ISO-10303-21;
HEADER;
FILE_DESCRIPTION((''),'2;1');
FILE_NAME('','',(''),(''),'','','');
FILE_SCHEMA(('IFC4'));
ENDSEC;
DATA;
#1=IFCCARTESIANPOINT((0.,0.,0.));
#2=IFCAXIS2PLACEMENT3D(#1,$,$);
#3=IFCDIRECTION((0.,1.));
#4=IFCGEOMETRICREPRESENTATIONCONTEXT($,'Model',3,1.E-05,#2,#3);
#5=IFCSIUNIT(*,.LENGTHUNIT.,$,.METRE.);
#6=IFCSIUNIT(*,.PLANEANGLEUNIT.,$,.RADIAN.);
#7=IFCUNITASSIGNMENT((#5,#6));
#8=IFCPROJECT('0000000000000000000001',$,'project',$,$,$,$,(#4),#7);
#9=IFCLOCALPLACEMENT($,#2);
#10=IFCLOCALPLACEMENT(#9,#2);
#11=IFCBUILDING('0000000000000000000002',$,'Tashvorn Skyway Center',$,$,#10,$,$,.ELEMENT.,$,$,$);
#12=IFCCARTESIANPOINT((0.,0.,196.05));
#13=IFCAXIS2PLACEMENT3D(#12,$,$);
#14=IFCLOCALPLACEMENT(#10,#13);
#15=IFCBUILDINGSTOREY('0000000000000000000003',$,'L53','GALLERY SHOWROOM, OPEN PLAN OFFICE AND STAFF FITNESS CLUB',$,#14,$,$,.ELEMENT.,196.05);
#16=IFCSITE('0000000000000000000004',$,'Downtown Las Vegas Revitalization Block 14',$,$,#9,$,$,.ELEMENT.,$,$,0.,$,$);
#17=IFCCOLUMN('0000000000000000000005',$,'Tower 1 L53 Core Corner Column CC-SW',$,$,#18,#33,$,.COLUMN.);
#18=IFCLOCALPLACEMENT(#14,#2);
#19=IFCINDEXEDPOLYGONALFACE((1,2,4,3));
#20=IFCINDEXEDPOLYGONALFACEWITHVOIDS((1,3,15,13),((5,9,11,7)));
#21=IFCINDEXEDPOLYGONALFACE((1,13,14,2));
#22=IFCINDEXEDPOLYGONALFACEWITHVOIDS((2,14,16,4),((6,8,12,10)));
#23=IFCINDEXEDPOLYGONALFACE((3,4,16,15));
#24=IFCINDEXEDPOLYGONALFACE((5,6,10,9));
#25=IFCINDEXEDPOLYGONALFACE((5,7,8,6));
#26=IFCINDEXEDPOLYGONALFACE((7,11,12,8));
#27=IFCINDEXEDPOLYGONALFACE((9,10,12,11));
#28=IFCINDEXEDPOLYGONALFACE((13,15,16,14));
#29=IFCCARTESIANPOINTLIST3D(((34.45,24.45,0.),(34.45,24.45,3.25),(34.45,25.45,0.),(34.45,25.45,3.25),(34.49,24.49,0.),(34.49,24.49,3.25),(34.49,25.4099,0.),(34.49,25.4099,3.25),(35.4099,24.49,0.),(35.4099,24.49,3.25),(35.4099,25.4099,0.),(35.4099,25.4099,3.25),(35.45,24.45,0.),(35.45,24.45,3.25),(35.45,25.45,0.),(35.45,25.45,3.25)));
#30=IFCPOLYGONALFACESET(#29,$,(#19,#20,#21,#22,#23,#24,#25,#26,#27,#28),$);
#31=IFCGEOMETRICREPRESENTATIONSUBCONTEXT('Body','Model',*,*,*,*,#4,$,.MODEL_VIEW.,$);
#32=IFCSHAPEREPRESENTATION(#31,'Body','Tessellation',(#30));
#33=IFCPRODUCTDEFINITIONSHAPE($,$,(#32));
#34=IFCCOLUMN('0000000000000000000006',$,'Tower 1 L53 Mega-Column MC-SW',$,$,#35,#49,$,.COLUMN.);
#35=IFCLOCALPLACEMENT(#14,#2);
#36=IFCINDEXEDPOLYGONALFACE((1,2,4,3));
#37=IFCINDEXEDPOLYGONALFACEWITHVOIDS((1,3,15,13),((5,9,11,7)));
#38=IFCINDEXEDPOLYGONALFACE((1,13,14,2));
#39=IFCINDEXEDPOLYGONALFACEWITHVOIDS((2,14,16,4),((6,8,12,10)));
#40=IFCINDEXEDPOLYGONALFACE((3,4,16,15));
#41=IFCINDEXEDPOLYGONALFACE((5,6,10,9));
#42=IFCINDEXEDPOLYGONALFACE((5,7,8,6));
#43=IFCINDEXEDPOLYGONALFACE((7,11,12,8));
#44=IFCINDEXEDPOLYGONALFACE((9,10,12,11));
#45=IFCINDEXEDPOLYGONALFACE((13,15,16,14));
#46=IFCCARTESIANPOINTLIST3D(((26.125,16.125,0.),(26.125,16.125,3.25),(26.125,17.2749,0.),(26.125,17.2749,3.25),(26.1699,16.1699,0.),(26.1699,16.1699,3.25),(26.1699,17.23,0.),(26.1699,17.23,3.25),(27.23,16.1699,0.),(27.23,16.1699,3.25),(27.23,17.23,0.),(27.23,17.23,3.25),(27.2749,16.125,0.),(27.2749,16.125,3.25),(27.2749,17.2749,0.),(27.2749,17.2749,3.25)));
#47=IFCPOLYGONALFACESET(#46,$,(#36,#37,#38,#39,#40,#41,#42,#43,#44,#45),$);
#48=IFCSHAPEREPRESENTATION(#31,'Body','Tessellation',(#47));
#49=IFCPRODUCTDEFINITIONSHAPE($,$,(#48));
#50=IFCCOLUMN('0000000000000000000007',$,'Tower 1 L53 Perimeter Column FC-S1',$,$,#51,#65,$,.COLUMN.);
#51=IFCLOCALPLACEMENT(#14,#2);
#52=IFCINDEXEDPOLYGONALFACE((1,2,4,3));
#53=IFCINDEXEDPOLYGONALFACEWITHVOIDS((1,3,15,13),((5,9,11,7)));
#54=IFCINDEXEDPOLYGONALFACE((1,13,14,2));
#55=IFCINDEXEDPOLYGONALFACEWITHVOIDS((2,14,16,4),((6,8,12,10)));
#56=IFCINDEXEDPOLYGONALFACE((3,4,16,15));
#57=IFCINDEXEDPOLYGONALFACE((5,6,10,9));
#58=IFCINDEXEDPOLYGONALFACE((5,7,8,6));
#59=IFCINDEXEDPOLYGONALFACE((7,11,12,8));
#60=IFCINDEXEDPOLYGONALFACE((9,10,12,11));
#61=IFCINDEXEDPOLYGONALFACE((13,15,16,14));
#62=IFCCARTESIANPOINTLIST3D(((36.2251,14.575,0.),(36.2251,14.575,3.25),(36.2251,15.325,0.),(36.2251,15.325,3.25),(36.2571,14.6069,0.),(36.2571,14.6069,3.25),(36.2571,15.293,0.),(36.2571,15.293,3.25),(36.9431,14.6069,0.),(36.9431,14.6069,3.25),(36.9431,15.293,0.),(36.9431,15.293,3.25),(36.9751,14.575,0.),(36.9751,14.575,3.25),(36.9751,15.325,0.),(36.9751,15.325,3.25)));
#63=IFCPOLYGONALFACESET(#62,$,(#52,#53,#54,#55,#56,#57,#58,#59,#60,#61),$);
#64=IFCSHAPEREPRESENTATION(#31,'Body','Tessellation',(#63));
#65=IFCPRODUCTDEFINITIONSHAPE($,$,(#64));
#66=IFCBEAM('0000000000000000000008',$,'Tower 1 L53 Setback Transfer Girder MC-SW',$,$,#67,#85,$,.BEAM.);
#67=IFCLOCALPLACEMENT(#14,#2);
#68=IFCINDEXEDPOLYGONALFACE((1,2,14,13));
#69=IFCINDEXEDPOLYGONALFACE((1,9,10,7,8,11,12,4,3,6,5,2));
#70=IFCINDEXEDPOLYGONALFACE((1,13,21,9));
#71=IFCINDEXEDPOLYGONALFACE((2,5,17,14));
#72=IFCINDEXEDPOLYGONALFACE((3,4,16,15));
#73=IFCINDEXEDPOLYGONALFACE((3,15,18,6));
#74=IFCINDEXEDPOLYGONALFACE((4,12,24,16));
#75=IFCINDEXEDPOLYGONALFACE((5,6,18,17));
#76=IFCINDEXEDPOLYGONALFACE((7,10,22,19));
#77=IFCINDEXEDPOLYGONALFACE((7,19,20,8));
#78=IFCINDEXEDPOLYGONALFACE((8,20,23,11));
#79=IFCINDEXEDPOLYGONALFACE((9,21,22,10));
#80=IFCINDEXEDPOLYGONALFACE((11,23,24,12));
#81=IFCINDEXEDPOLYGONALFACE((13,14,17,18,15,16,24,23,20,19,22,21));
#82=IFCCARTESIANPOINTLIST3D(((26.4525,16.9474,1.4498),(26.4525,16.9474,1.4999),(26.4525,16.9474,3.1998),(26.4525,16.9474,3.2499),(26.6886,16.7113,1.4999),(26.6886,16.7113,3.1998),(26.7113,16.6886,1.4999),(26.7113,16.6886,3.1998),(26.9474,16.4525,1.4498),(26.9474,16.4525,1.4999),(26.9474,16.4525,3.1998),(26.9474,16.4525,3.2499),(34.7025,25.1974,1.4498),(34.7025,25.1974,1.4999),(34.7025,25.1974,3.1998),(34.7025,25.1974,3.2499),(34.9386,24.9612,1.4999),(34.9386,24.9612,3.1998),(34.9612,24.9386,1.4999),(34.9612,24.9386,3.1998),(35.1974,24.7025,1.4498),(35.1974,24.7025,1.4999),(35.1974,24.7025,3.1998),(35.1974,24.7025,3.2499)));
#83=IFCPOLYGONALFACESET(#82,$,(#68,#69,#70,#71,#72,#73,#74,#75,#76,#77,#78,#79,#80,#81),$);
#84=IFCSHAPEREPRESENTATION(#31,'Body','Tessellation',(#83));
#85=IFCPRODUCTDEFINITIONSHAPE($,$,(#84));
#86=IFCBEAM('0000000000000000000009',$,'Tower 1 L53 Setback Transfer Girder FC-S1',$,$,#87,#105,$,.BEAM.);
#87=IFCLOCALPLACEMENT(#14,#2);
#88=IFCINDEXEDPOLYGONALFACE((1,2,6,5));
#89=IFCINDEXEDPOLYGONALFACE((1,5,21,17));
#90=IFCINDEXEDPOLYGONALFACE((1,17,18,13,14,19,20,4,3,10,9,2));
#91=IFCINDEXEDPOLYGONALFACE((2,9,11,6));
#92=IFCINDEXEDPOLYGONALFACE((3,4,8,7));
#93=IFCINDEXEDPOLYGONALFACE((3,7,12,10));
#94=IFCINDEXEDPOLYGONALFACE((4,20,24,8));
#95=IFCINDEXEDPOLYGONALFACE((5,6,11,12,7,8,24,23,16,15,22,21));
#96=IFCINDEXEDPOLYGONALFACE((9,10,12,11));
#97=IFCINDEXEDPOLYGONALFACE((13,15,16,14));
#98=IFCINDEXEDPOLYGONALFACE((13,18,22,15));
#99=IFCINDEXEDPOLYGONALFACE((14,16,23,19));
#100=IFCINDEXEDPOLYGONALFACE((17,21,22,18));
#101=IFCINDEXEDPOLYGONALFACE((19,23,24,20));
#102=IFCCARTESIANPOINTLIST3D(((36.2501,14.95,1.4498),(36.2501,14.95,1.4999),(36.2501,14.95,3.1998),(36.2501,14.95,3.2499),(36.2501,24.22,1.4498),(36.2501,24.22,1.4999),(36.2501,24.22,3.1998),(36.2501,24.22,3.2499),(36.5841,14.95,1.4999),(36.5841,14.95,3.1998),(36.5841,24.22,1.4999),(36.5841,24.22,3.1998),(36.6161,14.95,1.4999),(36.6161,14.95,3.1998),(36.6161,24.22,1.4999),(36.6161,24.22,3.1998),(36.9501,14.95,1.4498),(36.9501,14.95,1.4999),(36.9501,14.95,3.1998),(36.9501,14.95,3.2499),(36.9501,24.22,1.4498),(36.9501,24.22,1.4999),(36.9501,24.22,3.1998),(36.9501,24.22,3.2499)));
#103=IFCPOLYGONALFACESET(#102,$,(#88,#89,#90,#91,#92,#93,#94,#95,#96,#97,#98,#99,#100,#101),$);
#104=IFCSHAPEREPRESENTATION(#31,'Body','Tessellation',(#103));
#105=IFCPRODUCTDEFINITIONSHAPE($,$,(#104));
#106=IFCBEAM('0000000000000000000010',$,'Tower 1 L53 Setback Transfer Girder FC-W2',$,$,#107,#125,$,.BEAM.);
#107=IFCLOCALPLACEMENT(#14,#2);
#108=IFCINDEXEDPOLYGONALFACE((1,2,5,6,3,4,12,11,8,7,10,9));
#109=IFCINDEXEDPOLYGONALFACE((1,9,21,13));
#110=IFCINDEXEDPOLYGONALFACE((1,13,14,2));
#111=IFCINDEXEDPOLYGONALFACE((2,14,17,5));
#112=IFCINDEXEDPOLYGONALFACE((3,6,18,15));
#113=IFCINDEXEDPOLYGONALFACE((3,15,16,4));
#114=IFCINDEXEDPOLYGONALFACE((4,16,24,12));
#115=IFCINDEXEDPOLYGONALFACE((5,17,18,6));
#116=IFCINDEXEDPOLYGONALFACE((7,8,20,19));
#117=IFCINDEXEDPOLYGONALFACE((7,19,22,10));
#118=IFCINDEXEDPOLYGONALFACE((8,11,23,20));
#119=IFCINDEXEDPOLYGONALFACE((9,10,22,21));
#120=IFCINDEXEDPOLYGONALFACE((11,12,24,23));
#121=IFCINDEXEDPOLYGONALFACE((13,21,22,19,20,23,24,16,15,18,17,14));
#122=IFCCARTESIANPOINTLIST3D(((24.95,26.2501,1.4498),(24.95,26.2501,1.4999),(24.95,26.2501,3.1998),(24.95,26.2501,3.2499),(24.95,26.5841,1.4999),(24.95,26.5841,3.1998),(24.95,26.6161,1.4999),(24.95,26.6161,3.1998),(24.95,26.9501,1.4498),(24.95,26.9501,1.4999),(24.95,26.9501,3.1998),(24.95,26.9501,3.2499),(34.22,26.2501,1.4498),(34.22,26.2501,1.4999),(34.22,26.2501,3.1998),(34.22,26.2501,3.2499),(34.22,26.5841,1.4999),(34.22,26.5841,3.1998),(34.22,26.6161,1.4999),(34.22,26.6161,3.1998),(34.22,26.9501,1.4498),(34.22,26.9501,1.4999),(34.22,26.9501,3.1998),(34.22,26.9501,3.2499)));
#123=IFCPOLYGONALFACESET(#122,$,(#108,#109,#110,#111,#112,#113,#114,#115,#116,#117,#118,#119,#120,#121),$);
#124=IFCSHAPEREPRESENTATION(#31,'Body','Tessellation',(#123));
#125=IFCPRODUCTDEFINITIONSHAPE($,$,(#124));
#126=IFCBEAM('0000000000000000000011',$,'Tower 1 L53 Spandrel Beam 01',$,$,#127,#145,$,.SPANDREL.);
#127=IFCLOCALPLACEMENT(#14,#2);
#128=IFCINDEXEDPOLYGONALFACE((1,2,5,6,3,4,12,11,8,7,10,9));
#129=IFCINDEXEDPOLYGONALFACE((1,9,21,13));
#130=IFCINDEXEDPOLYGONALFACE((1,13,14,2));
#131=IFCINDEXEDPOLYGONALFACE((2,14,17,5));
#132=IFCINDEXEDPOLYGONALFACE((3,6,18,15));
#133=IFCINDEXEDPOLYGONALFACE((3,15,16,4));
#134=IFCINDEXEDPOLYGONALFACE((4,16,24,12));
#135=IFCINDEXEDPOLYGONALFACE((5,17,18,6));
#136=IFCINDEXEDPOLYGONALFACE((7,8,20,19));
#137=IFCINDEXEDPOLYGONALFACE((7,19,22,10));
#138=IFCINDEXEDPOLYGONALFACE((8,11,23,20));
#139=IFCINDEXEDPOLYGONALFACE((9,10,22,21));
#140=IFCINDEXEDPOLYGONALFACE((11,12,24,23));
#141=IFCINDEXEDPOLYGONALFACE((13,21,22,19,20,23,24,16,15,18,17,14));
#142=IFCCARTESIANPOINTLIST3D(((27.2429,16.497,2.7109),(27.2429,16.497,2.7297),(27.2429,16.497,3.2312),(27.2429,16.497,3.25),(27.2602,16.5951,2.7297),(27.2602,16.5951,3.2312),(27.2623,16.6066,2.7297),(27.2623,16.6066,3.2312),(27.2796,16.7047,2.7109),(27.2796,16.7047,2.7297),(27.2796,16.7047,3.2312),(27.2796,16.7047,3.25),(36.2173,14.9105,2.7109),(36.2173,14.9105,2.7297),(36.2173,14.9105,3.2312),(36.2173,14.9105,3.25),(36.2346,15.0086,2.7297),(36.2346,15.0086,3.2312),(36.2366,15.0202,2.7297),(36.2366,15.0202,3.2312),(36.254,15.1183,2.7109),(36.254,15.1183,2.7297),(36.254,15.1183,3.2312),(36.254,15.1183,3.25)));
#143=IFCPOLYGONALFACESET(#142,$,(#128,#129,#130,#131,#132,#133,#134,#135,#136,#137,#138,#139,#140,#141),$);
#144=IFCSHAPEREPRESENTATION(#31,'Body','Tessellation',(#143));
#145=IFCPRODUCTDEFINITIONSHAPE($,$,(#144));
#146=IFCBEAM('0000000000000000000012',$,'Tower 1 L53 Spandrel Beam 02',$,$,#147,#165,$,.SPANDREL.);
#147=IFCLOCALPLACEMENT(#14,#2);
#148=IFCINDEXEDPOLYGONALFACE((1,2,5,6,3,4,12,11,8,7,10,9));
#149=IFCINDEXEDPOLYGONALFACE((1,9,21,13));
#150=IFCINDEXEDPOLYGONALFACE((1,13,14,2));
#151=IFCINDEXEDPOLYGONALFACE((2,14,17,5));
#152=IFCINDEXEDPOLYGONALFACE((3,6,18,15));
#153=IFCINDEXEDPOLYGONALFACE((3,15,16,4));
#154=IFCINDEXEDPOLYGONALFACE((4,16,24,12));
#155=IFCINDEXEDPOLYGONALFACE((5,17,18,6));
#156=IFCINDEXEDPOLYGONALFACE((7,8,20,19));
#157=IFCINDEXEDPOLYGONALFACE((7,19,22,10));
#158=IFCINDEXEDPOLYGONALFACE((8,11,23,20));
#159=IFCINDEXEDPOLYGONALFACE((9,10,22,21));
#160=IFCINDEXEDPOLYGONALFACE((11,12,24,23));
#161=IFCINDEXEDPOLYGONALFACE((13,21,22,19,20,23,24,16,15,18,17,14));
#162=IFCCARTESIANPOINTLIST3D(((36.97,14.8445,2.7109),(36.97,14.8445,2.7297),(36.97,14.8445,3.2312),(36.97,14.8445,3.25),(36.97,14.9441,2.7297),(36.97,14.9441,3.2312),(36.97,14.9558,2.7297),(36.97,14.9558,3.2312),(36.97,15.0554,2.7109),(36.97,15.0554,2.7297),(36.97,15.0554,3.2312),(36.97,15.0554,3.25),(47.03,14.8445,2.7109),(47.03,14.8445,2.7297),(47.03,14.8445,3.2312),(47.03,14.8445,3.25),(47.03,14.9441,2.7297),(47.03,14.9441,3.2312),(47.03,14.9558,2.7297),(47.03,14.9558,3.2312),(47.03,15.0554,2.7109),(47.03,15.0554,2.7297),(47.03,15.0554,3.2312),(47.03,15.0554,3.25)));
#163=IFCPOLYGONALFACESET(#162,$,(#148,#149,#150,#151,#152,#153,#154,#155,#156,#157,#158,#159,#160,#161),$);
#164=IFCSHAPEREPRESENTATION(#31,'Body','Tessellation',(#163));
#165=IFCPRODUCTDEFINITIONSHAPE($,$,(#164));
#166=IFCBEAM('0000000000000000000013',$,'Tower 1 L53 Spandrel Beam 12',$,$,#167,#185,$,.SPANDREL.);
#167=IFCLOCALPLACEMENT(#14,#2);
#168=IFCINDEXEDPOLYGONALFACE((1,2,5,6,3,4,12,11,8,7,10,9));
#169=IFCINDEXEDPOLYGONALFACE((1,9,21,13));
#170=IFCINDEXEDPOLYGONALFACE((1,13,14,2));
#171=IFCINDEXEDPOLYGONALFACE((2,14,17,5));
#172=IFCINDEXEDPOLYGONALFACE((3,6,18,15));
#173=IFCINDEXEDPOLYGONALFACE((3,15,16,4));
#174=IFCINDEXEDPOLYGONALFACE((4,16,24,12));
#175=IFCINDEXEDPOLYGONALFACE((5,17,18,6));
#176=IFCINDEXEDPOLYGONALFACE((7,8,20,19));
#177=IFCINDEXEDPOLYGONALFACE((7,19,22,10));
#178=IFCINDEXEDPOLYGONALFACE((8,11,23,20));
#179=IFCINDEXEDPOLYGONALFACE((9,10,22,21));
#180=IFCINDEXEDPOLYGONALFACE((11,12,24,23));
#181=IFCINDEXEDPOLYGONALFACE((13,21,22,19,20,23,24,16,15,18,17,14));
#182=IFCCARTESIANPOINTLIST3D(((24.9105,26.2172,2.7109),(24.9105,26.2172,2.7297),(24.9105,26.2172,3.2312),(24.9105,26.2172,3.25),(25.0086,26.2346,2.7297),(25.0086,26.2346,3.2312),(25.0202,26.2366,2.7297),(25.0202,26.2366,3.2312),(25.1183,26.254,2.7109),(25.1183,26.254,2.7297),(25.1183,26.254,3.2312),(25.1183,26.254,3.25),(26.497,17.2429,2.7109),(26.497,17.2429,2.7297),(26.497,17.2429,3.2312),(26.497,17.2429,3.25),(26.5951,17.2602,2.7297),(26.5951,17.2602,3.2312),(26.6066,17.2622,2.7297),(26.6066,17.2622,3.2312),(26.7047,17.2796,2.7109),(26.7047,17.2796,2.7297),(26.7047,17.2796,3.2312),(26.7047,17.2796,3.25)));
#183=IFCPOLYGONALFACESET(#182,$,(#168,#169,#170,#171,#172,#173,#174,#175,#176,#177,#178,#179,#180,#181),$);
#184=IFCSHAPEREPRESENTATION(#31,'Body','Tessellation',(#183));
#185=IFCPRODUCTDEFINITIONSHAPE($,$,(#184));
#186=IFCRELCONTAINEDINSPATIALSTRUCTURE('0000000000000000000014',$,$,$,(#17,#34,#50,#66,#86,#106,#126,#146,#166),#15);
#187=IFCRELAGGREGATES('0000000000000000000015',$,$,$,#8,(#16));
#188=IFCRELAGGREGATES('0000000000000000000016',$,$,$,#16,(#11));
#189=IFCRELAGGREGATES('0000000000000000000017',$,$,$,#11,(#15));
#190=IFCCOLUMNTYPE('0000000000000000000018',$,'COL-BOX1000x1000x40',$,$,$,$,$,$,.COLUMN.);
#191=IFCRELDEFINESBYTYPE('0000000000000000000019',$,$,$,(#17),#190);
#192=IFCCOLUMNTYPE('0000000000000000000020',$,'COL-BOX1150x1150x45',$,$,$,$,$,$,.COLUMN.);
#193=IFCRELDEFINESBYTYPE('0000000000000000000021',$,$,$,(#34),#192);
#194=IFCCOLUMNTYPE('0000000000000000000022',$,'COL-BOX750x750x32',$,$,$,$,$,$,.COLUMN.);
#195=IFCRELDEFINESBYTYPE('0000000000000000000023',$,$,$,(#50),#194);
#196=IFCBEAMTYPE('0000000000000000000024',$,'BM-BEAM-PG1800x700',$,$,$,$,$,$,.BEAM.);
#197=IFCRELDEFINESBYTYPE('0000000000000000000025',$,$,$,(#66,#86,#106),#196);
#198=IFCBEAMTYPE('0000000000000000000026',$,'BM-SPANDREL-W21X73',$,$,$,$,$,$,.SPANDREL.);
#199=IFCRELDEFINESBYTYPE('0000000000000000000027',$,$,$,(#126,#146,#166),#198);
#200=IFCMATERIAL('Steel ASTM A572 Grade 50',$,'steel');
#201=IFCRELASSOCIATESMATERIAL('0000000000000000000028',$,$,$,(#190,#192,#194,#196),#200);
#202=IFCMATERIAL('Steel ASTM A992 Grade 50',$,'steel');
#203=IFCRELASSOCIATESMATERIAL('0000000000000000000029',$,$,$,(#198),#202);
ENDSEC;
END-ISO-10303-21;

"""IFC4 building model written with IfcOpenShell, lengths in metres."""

from ifc_helpers import new_model, si_unit, direction, frame, origin, origin_2d, place, context, subcontext, project, spatial, hollow_rectangle, i_section, extrude, material, material_profile, profile_set, type_object, element, save


model = new_model("IFC4")

# Units and contexts
model_context = context("Model", 3, precision=1e-05, world=origin(), true_north=direction((0.0, 1.0)))
body_context = subcontext(model_context, "Body", "Model", "MODEL_VIEW")
ifc_project = project(units=[si_unit("LENGTHUNIT", "METRE"), si_unit("PLANEANGLEUNIT", "RADIAN")], contexts=[model_context])

# Site, building, storey
site_placement = place(None, origin())
site = spatial("IfcSite", under=ifc_project, at=site_placement, Name="Downtown Las Vegas Revitalization Block 14", CompositionType="ELEMENT", RefElevation=0.0)
building_placement = place(site_placement, origin())
building = spatial("IfcBuilding", under=site, at=building_placement, Name="Tashvorn Skyway Center", CompositionType="ELEMENT")
storey_placement = place(building_placement, frame((0.0, 0.0, 196.05)))
storey = spatial("IfcBuildingStorey", under=building, at=storey_placement, Name="L53", Description="GALLERY SHOWROOM, OPEN PLAN OFFICE AND STAFF FITNESS CLUB", CompositionType="ELEMENT", Elevation=196.05)

# Columns
ifc_material_1 = material(Name="Steel ASTM A572 Grade 50", Category="steel")
ifc_material_profile_1 = material_profile(ifc_material_1, hollow_rectangle(XDim=1.0, YDim=1.0, WallThickness=0.04, at=origin_2d()), Name="BOX1000x1000x40")
ifc_profile_set_1 = profile_set([ifc_material_profile_1], Name="Steel ASTM A572 Grade 50")
column_type_1 = type_object("IfcColumnType", Name="COL-BOX1000x1000x40", PredefinedType="COLUMN", material=ifc_profile_set_1)
column_1_placement = place(storey_placement, frame((34.95, 24.95, 0.0), z_axis=(0.0, 0.0, 1.0), x_axis=(1.0, 0.0, 0.0)))
element("IfcColumn", 1, at=column_1_placement, inside=storey, type_object=column_type_1, Name="Tower 1 L53 Core Corner Column CC-SW", PredefinedType="COLUMN", context=body_context, shape_type="SweptSolid", body=[
    extrude(hollow_rectangle(XDim=1.0, YDim=1.0, WallThickness=0.04, at=origin_2d()), origin(), (0.0, 0.0, 1.0), 3.25),
])
ifc_material_profile_2 = material_profile(ifc_material_1, hollow_rectangle(XDim=1.1499, YDim=1.1499, WallThickness=0.0449, at=origin_2d()), Name="BOX1150x1150x45")
ifc_profile_set_2 = profile_set([ifc_material_profile_2], Name="Steel ASTM A572 Grade 50")
column_type_2 = type_object("IfcColumnType", Name="COL-BOX1150x1150x45", PredefinedType="COLUMN", material=ifc_profile_set_2)
column_2_placement = place(storey_placement, frame((26.7, 16.7, 0.0), z_axis=(0.0, 0.0, 1.0), x_axis=(1.0, 0.0, 0.0)))
element("IfcColumn", 2, at=column_2_placement, inside=storey, type_object=column_type_2, Name="Tower 1 L53 Mega-Column MC-SW", PredefinedType="COLUMN", context=body_context, shape_type="SweptSolid", body=[
    extrude(hollow_rectangle(XDim=1.1499, YDim=1.1499, WallThickness=0.0449, at=origin_2d()), origin(), (0.0, 0.0, 1.0), 3.25),
])
ifc_material_profile_3 = material_profile(ifc_material_1, hollow_rectangle(XDim=0.75, YDim=0.75, WallThickness=0.032, at=origin_2d()), Name="BOX750x750x32")
ifc_profile_set_3 = profile_set([ifc_material_profile_3], Name="Steel ASTM A572 Grade 50")
column_type_3 = type_object("IfcColumnType", Name="COL-BOX750x750x32", PredefinedType="COLUMN", material=ifc_profile_set_3)
column_3_placement = place(storey_placement, frame((36.6001, 14.95, 0.0), z_axis=(0.0, 0.0, 1.0), x_axis=(1.0, 0.0, 0.0)))
element("IfcColumn", 3, at=column_3_placement, inside=storey, type_object=column_type_3, Name="Tower 1 L53 Perimeter Column FC-S1", PredefinedType="COLUMN", context=body_context, shape_type="SweptSolid", body=[
    extrude(hollow_rectangle(XDim=0.75, YDim=0.75, WallThickness=0.032, at=origin_2d()), origin(), (0.0, 0.0, 1.0), 3.25),
])

# Beams
ifc_material_profile_4 = material_profile(ifc_material_1, i_section(OverallWidth=0.7, OverallDepth=1.8, WebThickness=0.032, FlangeThickness=0.05, at=origin_2d()), Name="PG1800x700")
ifc_profile_set_4 = profile_set([ifc_material_profile_4], Name="Steel ASTM A572 Grade 50")
beam_type_1 = type_object("IfcBeamType", Name="BM-BEAM-PG1800x700", PredefinedType="BEAM", material=ifc_profile_set_4)
beam_1_placement = place(storey_placement, frame((26.7, 16.7, 2.3499), z_axis=(0.707107, 0.707107, 0.0), x_axis=(-0.707107, 0.707107, 0.0)))
element("IfcBeam", 4, at=beam_1_placement, inside=storey, type_object=beam_type_1, Name="Tower 1 L53 Setback Transfer Girder MC-SW", PredefinedType="BEAM", context=body_context, shape_type="SweptSolid", body=[
    extrude(i_section(OverallWidth=0.7, OverallDepth=1.8, WebThickness=0.032, FlangeThickness=0.05, at=origin_2d()), origin(), (0.0, 0.0, 1.0), 11.6672),
])
for number, where, z_axis, x_axis, name in (
    (5, (36.6001, 14.95, 2.3499), (0.0, 1.0, 0.0), (-1.0, 0.0, 0.0), "Tower 1 L53 Setback Transfer Girder FC-S1"),
    (6, (24.95, 26.6001, 2.3499), (1.0, 0.0, 0.0), (0.0, 1.0, 0.0), "Tower 1 L53 Setback Transfer Girder FC-W2"),
):
    element("IfcBeam", number, at=place(storey_placement, frame(where, z_axis=z_axis, x_axis=x_axis)), inside=storey, type_object=beam_type_1, Name=name, PredefinedType="BEAM", context=body_context, shape_type="SweptSolid", body=[
        extrude(i_section(OverallWidth=0.7, OverallDepth=1.8, WebThickness=0.032, FlangeThickness=0.05, at=origin_2d()), origin(), (0.0, 0.0, 1.0), 9.27),
    ])
ifc_material_2 = material(Name="Steel ASTM A992 Grade 50", Category="steel")
ifc_material_profile_5 = material_profile(ifc_material_2, i_section(OverallWidth=0.2109, OverallDepth=0.5391, WebThickness=0.0117, FlangeThickness=0.0188, at=origin_2d()), Name="W21X73")
ifc_profile_set_5 = profile_set([ifc_material_profile_5], Name="Steel ASTM A992 Grade 50")
beam_type_2 = type_object("IfcBeamType", Name="BM-SPANDREL-W21X73", PredefinedType="SPANDREL", material=ifc_profile_set_5)
beam_2_placement = place(storey_placement, frame((27.2612, 16.6008, 2.9805), z_axis=(0.984733, -0.174074, 0.0), x_axis=(0.174074, 0.984733, 0.0)))
element("IfcBeam", 7, at=beam_2_placement, inside=storey, type_object=beam_type_2, Name="Tower 1 L53 Spandrel Beam 01", PredefinedType="SPANDREL", context=body_context, shape_type="SweptSolid", body=[
    extrude(i_section(OverallWidth=0.2109, OverallDepth=0.5391, WebThickness=0.0117, FlangeThickness=0.0188, at=origin_2d()), origin(), (0.0, 0.0, 1.0), 9.1135),
])
beam_3_placement = place(storey_placement, frame((36.97, 14.95, 2.9805), z_axis=(1.0, 0.0, 0.0), x_axis=(0.0, 1.0, 0.0)))
element("IfcBeam", 8, at=beam_3_placement, inside=storey, type_object=beam_type_2, Name="Tower 1 L53 Spandrel Beam 02", PredefinedType="SPANDREL", context=body_context, shape_type="SweptSolid", body=[
    extrude(i_section(OverallWidth=0.2109, OverallDepth=0.5391, WebThickness=0.0117, FlangeThickness=0.0188, at=origin_2d()), origin(), (0.0, 0.0, 1.0), 10.0601),
])
beam_4_placement = place(storey_placement, frame((25.0144, 26.2356, 2.9805), z_axis=(0.174074, -0.984733, 0.0), x_axis=(0.984733, 0.174074, 0.0)))
element("IfcBeam", 9, at=beam_4_placement, inside=storey, type_object=beam_type_2, Name="Tower 1 L53 Spandrel Beam 12", PredefinedType="SPANDREL", context=body_context, shape_type="SweptSolid", body=[
    extrude(i_section(OverallWidth=0.2109, OverallDepth=0.5391, WebThickness=0.0117, FlangeThickness=0.0188, at=origin_2d()), origin(), (0.0, 0.0, 1.0), 9.1135),
])

save(model, "model.ifc")
